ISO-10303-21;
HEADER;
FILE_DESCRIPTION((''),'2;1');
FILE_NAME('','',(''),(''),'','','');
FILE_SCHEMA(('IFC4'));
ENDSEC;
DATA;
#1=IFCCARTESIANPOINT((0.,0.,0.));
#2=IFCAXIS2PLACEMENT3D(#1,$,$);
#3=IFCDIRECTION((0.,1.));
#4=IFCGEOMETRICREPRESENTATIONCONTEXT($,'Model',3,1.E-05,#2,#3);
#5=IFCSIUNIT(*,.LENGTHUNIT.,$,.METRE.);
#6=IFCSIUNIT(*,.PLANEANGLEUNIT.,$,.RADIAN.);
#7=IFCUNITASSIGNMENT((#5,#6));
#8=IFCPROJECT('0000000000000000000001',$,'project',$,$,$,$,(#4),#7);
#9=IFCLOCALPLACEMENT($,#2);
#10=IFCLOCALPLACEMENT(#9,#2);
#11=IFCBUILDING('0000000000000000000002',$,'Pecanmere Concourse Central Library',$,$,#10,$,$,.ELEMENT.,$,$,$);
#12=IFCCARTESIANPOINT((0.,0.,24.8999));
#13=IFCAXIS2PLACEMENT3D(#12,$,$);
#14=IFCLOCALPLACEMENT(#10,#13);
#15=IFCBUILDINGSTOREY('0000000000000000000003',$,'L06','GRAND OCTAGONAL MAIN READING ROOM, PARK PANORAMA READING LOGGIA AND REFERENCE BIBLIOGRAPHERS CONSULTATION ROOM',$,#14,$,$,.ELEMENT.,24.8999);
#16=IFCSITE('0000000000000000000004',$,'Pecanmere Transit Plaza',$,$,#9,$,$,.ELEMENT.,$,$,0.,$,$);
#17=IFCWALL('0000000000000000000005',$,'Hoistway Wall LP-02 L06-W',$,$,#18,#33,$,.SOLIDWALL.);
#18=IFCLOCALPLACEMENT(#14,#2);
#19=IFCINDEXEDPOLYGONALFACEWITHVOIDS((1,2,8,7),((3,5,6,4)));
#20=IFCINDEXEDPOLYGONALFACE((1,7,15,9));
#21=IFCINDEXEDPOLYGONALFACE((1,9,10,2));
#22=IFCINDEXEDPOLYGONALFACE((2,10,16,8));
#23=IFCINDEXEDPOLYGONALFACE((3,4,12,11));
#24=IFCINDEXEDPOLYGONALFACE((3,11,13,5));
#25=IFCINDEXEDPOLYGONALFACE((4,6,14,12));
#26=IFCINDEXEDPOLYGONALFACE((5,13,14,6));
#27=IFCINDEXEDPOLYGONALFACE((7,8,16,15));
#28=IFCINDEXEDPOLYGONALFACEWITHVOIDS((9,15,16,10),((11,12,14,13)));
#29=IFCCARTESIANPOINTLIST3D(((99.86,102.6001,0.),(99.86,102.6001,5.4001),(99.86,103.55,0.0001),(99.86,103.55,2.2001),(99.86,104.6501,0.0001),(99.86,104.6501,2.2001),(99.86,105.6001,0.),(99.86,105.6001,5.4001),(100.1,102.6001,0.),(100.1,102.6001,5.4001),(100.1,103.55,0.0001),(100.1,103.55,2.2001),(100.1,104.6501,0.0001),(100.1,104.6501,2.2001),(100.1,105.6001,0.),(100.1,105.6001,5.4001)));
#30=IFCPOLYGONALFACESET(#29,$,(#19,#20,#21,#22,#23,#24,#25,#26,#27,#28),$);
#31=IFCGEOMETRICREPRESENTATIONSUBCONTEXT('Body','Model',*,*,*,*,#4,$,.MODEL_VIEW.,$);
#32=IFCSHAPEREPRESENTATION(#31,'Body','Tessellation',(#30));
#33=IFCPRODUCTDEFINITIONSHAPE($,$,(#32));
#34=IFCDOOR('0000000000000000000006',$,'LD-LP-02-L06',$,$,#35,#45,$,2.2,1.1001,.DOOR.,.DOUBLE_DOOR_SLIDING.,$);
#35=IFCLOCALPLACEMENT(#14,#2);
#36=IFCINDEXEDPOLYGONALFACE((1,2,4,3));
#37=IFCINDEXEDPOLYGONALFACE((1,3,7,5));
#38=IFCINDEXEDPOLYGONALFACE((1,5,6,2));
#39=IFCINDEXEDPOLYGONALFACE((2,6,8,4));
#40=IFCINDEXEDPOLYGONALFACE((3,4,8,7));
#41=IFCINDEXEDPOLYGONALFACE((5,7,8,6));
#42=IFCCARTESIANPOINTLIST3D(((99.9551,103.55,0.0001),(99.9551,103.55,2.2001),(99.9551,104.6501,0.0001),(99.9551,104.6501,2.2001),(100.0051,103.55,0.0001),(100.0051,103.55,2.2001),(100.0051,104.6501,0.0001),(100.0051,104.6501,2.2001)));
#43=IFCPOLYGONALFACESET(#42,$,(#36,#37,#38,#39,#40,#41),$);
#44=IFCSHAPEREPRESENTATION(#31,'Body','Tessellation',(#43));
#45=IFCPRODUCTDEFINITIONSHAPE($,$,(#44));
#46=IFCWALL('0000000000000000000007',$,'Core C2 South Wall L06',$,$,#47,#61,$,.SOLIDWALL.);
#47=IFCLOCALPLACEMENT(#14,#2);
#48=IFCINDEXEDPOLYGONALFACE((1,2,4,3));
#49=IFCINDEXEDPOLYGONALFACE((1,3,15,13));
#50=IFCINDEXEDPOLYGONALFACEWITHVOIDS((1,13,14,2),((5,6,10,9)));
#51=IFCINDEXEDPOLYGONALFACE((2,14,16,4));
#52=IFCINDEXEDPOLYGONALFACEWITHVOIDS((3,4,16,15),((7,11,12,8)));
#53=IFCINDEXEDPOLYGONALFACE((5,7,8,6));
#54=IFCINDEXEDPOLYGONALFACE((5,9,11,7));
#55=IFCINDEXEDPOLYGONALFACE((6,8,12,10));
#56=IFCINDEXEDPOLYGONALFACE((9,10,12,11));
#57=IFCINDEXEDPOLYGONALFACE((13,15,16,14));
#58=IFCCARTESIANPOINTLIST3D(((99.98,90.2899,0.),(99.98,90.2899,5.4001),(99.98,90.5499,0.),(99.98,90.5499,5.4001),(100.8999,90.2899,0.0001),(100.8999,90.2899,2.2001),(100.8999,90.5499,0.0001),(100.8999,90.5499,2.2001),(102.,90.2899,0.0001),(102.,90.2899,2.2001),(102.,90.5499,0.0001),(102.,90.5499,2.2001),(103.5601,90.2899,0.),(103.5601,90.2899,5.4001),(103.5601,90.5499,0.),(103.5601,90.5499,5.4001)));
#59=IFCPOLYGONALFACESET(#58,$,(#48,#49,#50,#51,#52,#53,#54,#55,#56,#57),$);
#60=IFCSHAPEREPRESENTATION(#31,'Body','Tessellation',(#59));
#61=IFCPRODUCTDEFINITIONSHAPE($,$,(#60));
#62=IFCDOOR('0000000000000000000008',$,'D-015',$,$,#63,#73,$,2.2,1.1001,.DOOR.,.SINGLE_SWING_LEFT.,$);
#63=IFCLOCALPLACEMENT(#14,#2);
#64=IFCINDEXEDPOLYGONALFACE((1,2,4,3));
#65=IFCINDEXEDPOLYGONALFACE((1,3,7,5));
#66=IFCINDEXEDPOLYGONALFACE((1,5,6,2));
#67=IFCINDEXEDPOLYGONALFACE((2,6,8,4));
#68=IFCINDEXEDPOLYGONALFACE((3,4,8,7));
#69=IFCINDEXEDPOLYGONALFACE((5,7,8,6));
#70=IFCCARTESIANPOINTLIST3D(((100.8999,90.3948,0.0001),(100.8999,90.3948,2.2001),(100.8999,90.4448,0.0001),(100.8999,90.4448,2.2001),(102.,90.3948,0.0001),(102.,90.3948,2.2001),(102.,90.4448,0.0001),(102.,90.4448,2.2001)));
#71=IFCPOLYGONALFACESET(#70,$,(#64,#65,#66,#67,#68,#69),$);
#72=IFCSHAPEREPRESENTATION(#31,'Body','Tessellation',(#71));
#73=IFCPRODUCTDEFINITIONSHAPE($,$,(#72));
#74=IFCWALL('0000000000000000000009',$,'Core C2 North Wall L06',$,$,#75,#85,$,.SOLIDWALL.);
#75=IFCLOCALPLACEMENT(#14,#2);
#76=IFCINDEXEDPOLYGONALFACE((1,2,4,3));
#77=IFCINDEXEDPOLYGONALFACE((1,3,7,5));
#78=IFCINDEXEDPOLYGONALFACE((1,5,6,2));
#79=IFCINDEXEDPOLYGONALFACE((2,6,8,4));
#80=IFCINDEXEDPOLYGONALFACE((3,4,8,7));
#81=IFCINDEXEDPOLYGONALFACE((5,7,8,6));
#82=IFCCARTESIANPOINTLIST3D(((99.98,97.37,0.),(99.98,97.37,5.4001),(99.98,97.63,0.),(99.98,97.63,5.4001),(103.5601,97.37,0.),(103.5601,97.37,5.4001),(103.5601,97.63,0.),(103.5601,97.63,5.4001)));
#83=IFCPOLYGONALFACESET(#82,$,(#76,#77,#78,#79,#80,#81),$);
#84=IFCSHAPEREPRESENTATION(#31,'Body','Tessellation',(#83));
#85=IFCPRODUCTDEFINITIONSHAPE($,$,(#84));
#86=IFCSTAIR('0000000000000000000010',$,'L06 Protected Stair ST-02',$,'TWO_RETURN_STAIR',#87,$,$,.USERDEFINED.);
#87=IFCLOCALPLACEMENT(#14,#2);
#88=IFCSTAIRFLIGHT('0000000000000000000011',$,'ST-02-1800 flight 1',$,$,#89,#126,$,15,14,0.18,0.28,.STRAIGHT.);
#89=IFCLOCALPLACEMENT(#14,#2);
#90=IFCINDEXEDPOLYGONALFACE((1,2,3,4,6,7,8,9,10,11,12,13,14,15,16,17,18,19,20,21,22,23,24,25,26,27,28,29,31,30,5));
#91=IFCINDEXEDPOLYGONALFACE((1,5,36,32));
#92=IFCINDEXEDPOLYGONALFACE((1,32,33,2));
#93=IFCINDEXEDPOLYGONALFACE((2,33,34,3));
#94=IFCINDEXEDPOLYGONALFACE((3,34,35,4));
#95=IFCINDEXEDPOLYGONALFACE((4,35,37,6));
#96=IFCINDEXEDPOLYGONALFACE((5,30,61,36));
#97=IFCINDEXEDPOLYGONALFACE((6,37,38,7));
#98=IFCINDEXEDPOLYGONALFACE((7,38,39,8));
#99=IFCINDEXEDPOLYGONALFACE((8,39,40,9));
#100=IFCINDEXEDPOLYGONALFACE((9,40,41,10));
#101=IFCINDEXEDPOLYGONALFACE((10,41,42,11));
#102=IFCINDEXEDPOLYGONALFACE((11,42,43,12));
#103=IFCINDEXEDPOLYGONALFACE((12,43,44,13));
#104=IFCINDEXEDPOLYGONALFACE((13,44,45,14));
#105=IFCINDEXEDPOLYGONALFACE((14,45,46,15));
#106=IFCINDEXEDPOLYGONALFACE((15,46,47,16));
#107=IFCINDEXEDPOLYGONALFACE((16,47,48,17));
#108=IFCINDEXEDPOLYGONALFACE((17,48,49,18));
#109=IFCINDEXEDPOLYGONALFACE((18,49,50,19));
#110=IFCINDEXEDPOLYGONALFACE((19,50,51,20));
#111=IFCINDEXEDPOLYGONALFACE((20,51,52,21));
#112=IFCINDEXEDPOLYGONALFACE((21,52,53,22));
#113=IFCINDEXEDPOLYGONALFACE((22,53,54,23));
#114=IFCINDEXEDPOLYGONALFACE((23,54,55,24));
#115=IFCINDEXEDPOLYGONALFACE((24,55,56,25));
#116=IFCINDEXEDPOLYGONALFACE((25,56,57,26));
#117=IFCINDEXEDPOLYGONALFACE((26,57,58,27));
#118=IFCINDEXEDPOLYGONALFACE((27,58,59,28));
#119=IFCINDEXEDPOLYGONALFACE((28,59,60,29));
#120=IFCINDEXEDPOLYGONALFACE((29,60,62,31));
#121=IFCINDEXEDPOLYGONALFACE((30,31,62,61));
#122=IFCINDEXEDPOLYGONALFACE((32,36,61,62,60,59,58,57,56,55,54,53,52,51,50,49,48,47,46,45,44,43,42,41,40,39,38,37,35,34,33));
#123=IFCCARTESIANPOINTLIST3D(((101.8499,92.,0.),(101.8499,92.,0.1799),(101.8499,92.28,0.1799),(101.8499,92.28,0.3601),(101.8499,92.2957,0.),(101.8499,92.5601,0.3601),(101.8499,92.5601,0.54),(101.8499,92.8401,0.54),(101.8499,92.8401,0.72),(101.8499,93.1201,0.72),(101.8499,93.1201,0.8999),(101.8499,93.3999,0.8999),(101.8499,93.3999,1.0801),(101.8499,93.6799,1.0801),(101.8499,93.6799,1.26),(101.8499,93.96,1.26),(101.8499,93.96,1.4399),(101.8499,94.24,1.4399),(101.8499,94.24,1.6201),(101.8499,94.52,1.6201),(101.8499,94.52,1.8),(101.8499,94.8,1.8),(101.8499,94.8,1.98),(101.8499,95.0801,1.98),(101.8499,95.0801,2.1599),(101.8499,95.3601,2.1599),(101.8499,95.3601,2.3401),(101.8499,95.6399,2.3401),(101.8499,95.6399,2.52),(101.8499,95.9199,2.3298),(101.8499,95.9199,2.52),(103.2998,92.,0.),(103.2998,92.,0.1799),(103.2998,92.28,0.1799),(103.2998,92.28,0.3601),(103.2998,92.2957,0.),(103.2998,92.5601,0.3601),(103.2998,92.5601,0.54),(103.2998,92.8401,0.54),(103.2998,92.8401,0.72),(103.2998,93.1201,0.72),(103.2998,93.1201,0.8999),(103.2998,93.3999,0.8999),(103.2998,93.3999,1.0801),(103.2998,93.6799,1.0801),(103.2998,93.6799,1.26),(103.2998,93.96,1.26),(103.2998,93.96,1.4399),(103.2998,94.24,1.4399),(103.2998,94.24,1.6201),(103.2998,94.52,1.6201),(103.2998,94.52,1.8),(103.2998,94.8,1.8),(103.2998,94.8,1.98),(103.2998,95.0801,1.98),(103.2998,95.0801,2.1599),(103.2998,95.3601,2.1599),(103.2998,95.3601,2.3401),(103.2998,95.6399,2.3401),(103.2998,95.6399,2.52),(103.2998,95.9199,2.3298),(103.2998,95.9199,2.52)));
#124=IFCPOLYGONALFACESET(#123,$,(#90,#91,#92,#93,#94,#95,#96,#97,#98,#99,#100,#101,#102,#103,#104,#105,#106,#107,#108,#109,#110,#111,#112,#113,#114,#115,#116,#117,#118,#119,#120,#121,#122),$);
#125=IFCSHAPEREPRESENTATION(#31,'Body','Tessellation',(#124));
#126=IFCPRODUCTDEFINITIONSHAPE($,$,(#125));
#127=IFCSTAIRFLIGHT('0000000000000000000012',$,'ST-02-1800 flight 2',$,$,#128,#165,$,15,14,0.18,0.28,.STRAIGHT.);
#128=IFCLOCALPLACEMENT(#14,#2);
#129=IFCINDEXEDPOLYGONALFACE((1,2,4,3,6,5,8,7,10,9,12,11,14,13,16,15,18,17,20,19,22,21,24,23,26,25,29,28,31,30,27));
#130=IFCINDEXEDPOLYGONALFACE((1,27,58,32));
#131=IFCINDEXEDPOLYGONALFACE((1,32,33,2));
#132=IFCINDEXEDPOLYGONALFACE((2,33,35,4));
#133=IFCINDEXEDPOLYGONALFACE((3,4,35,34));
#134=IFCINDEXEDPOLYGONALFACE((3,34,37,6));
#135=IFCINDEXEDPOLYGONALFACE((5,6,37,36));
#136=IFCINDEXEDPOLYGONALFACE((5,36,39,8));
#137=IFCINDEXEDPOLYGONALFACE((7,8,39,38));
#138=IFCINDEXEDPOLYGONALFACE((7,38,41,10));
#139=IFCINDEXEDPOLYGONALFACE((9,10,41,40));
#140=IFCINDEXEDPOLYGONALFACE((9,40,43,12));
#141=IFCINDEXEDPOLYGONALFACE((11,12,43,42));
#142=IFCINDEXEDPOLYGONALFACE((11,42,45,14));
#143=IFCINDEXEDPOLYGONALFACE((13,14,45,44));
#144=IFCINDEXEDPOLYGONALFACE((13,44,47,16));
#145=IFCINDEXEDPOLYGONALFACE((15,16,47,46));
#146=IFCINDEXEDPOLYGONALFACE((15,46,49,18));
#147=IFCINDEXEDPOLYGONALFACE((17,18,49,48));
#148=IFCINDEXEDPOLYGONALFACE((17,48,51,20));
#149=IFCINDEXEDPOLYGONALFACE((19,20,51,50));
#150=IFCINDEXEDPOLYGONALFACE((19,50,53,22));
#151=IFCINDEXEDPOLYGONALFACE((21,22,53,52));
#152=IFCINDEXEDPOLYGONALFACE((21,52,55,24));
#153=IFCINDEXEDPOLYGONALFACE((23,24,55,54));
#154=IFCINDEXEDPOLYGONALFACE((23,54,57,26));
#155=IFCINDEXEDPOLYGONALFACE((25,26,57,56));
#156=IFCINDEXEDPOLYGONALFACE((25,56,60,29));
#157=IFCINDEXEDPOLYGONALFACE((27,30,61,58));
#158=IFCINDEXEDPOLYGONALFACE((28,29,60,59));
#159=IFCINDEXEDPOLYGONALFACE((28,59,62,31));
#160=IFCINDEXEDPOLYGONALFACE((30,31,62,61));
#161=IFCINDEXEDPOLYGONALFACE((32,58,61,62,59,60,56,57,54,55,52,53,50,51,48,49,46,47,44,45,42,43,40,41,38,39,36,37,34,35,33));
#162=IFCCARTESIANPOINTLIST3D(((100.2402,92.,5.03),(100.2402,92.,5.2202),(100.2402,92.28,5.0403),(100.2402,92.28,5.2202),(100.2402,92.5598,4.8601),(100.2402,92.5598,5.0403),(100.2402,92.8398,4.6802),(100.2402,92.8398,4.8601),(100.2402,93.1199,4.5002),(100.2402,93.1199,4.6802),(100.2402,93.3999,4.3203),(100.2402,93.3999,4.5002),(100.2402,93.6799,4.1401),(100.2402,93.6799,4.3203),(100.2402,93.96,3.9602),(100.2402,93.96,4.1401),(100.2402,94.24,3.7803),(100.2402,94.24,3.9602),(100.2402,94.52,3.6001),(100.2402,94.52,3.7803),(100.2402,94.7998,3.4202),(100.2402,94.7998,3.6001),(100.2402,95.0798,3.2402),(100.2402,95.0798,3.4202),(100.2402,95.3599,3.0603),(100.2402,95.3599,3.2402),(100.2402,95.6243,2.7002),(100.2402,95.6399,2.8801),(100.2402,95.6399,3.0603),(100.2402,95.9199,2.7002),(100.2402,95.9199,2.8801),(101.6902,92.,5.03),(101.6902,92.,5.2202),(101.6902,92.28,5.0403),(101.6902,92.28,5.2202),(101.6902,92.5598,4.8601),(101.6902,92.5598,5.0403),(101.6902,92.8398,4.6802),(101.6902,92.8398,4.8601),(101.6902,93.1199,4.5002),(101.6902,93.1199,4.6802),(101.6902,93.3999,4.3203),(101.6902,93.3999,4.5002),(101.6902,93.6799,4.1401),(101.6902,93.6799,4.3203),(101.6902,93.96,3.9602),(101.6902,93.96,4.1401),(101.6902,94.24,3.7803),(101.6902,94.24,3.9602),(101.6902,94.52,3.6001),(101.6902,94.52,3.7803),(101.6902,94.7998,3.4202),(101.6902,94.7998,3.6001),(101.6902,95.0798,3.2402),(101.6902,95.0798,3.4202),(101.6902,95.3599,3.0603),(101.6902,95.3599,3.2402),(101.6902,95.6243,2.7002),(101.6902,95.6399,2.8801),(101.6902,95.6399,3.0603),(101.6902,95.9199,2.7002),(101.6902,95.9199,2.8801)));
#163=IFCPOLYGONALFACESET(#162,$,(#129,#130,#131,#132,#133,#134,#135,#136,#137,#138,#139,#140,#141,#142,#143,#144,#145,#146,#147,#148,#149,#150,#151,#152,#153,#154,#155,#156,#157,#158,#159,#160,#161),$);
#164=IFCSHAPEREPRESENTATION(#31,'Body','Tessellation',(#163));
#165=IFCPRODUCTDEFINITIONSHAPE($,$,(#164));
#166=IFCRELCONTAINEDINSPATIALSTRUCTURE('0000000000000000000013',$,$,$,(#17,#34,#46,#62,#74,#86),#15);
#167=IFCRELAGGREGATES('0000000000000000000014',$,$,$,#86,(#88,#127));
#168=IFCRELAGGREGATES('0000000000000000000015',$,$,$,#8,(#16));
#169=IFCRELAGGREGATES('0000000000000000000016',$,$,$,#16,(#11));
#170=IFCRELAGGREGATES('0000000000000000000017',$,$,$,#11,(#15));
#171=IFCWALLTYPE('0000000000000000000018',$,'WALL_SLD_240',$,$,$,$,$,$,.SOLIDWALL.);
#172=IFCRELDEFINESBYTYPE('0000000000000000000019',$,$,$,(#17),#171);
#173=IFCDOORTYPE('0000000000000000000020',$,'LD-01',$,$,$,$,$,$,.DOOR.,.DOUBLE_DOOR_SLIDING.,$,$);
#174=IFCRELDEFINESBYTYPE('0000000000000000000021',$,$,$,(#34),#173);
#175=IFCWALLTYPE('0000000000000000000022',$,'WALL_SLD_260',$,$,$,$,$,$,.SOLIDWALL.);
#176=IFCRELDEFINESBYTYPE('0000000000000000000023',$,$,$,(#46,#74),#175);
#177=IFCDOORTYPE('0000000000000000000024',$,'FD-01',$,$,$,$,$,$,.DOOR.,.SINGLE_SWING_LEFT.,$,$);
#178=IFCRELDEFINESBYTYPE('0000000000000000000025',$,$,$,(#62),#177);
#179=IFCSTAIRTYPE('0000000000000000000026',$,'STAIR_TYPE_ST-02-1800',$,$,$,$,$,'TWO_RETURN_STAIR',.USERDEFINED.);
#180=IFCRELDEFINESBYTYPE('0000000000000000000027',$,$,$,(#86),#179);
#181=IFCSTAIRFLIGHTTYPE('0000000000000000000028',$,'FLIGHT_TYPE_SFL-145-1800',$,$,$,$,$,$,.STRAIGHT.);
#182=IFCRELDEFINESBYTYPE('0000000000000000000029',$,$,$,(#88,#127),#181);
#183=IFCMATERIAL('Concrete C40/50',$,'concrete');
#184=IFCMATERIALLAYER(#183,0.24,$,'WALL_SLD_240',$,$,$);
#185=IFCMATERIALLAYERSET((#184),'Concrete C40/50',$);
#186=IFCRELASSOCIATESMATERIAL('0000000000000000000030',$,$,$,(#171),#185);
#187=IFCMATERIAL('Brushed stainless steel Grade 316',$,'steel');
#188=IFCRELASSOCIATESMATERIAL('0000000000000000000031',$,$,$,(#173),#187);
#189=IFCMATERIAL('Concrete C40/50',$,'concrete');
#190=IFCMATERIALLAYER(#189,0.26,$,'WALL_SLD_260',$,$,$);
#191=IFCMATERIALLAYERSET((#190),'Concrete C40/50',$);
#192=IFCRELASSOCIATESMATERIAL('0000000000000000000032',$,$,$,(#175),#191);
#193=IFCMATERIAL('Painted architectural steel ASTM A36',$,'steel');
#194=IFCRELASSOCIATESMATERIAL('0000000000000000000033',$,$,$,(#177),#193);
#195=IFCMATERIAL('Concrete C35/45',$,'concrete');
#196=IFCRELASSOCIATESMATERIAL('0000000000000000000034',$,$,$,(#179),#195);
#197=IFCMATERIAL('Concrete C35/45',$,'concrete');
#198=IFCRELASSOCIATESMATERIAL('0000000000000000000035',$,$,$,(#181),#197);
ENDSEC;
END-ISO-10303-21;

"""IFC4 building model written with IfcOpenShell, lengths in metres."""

from ifc_helpers import new_model, si_unit, direction, frame, frame_2d, origin, place, context, subcontext, project, spatial, polyline, rectangle, outline, extrude, material, layer, layer_set, type_object, element, fill, aggregate, save


model = new_model("IFC4")

# Units and contexts
model_context = context("Model", 3, precision=1e-05, world=origin(), true_north=direction((0.0, 1.0)))
body_context = subcontext(model_context, "Body", "Model", "MODEL_VIEW")
ifc_project = project(units=[si_unit("LENGTHUNIT", "METRE"), si_unit("PLANEANGLEUNIT", "RADIAN")], contexts=[model_context])

# Site, building, storey
site_placement = place(None, origin())
site = spatial("IfcSite", under=ifc_project, at=site_placement, Name="Pecanmere Transit Plaza", CompositionType="ELEMENT", RefElevation=0.0)
building_placement = place(site_placement, origin())
building = spatial("IfcBuilding", under=site, at=building_placement, Name="Pecanmere Concourse Central Library", CompositionType="ELEMENT")
storey_placement = place(building_placement, frame((0.0, 0.0, 24.8999)))
storey = spatial("IfcBuildingStorey", under=building, at=storey_placement, Name="L06", Description="GRAND OCTAGONAL MAIN READING ROOM, PARK PANORAMA READING LOGGIA AND REFERENCE BIBLIOGRAPHERS CONSULTATION ROOM", CompositionType="ELEMENT", Elevation=24.8999)

# Shared definitions
ifc_material_1 = material(Name="Concrete C40/50", Category="concrete")
ifc_layer_1 = layer(ifc_material_1, 0.24, Name="WALL_SLD_240")
ifc_layer_set_1 = layer_set([ifc_layer_1], Name="Concrete C40/50")
wall_type_1 = type_object("IfcWallType", Name="WALL_SLD_240", PredefinedType="SOLIDWALL", material=ifc_layer_set_1)

# Walls, openings, doors
wall_1_placement = place(storey_placement, frame((99.98, 102.6001, 0.0), z_axis=(0.0, 0.0, 1.0), x_axis=(0.0, 1.0, 0.0)))
wall_1 = element("IfcWall", 1, at=wall_1_placement, inside=storey, type_object=wall_type_1, Name="Hoistway Wall LP-02 L06-W", PredefinedType="SOLIDWALL", context=body_context, shape_type="SweptSolid", body=[
    extrude(rectangle(XDim=3.0, YDim=0.24, at=frame_2d((1.5, 0.0))), origin(), (0.0, 0.0, 1.0), 5.4001),
])
opening_1_placement = place(wall_1_placement, frame((0.95, 0.0, 0.0)))
opening_1 = element("IfcOpeningElement", 2, at=opening_1_placement, cuts=wall_1, PredefinedType="OPENING", context=body_context, shape_type="SweptSolid", body=[
    extrude(rectangle(XDim=1.1001, YDim=2.2, at=frame_2d((0.55, 1.1001))), frame((0.0, 0.1318, 0.0), z_axis=(0.0, -1.0, 0.0), x_axis=(1.0, 0.0, 0.0)), (0.0, 0.0, 1.0), 0.2639),
])
ifc_material_2 = material(Name="Brushed stainless steel Grade 316", Category="steel")
door_type_1 = type_object("IfcDoorType", Name="LD-01", OperationType="DOUBLE_DOOR_SLIDING", PredefinedType="DOOR", material=ifc_material_2)
door_1_placement = place(opening_1_placement, origin())
door_1 = element("IfcDoor", 3, at=door_1_placement, inside=storey, type_object=door_type_1, Name="LD-LP-02-L06", OperationType="DOUBLE_DOOR_SLIDING", OverallHeight=2.2, OverallWidth=1.1001, PredefinedType="DOOR", context=body_context, shape_type="SweptSolid", body=[
    extrude(rectangle(XDim=1.1001, YDim=2.2, at=frame_2d((0.55, 1.1001))), frame((0.0, 0.0249, 0.0), z_axis=(0.0, -1.0, 0.0), x_axis=(1.0, 0.0, 0.0)), (0.0, 0.0, 1.0), 0.05),
])
fill(opening_1, door_1)
ifc_material_3 = material(Name="Concrete C40/50", Category="concrete")
ifc_layer_2 = layer(ifc_material_3, 0.26, Name="WALL_SLD_260")
ifc_layer_set_2 = layer_set([ifc_layer_2], Name="Concrete C40/50")
wall_type_2 = type_object("IfcWallType", Name="WALL_SLD_260", PredefinedType="SOLIDWALL", material=ifc_layer_set_2)
wall_2_placement = place(storey_placement, frame((99.98, 90.4199, 0.0), z_axis=(0.0, 0.0, 1.0), x_axis=(1.0, 0.0, 0.0)))
wall_2 = element("IfcWall", 4, at=wall_2_placement, inside=storey, type_object=wall_type_2, Name="Core C2 South Wall L06", PredefinedType="SOLIDWALL", context=body_context, shape_type="SweptSolid", body=[
    extrude(rectangle(XDim=3.5801, YDim=0.26, at=frame_2d((1.79, 0.0))), origin(), (0.0, 0.0, 1.0), 5.4001),
])
opening_2_placement = place(wall_2_placement, frame((0.9199, 0.0, 0.0)))
opening_2 = element("IfcOpeningElement", 5, at=opening_2_placement, cuts=wall_2, PredefinedType="OPENING", context=body_context, shape_type="SweptSolid", body=[
    extrude(rectangle(XDim=1.1001, YDim=2.2, at=frame_2d((0.55, 1.1001))), frame((0.0, 0.1421, 0.0), z_axis=(0.0, -1.0, 0.0), x_axis=(1.0, 0.0, 0.0)), (0.0, 0.0, 1.0), 0.2839),
])
ifc_material_4 = material(Name="Painted architectural steel ASTM A36", Category="steel")
door_type_2 = type_object("IfcDoorType", Name="FD-01", OperationType="SINGLE_SWING_LEFT", PredefinedType="DOOR", material=ifc_material_4)
door_2_placement = place(opening_2_placement, origin())
door_2 = element("IfcDoor", 6, at=door_2_placement, inside=storey, type_object=door_type_2, Name="D-015", OperationType="SINGLE_SWING_LEFT", OverallHeight=2.2, OverallWidth=1.1001, PredefinedType="DOOR", context=body_context, shape_type="SweptSolid", body=[
    extrude(rectangle(XDim=1.1001, YDim=2.2, at=frame_2d((0.55, 1.1001))), frame((0.0, 0.0249, 0.0), z_axis=(0.0, -1.0, 0.0), x_axis=(1.0, 0.0, 0.0)), (0.0, 0.0, 1.0), 0.05),
])
fill(opening_2, door_2)

# Wall
wall_3_placement = place(storey_placement, frame((99.98, 97.5, 0.0), z_axis=(0.0, 0.0, 1.0), x_axis=(1.0, 0.0, 0.0)))
element("IfcWall", 7, at=wall_3_placement, inside=storey, type_object=wall_type_2, Name="Core C2 North Wall L06", PredefinedType="SOLIDWALL", context=body_context, shape_type="SweptSolid", body=[
    extrude(rectangle(XDim=3.5801, YDim=0.26, at=frame_2d((1.79, 0.0))), origin(), (0.0, 0.0, 1.0), 5.4001),
])

# Stair, stair flights
ifc_material_5 = material(Name="Concrete C35/45", Category="concrete")
stair_type = type_object("IfcStairType", Name="STAIR_TYPE_ST-02-1800", ElementType="TWO_RETURN_STAIR", PredefinedType="USERDEFINED", material=ifc_material_5)
stair_placement = place(storey_placement, origin())
stair = element("IfcStair", 8, at=stair_placement, inside=storey, type_object=stair_type, Name="L06 Protected Stair ST-02", ObjectType="TWO_RETURN_STAIR", PredefinedType="USERDEFINED")
ifc_material_6 = material(Name="Concrete C35/45", Category="concrete")
stair_flight_type = type_object("IfcStairFlightType", Name="FLIGHT_TYPE_SFL-145-1800", PredefinedType="STRAIGHT", material=ifc_material_6)
stair_flight_1_placement = place(storey_placement, frame((102.575, 92.0, 0.0), z_axis=(0.0, 0.0, 1.0), x_axis=(0.0, 1.0, 0.0)))
stair_flight_1 = element("IfcStairFlight", 9, at=stair_flight_1_placement, type_object=stair_flight_type, Name="ST-02-1800 flight 1", NumberOfRisers=15, NumberOfTreads=14, PredefinedType="STRAIGHT", RiserHeight=0.18, TreadLength=0.28, context=body_context, shape_type="SweptSolid", body=[
    extrude(outline(polyline([(0.0, 0.0), (0.0, 0.1799), (0.28, 0.1799), (0.28, 0.3601), (0.5601, 0.3601), (0.5601, 0.54), (0.8401, 0.54), (0.8401, 0.72), (1.1201, 0.72), (1.1201, 0.8999), (1.3999, 0.8999), (1.3999, 1.0801), (1.6799, 1.0801), (1.6799, 1.26), (1.96, 1.26), (1.96, 1.4399), (2.24, 1.4399), (2.24, 1.6201), (2.52, 1.6201), (2.52, 1.8), (2.8, 1.8), (2.8, 1.98), (3.0801, 1.98), (3.0801, 2.1599), (3.3601, 2.1599), (3.3601, 2.3401), (3.6399, 2.3401), (3.6399, 2.52), (3.9199, 2.52), (3.9199, 2.7), (3.9199, 2.3298), (0.2957, 0.0), (0.0, 0.0)])), frame((0.0, 0.7251, 0.0), z_axis=(0.0, -1.0, 0.0), x_axis=(1.0, 0.0, 0.0)), (0.0, 0.0, 1.0), 1.45),
])
stair_flight_2_placement = place(storey_placement, frame((100.9651, 95.9199, 2.7002), z_axis=(0.0, 0.0, 1.0), x_axis=(0.0, -1.0, 0.0)))
stair_flight_2 = element("IfcStairFlight", 10, at=stair_flight_2_placement, type_object=stair_flight_type, Name="ST-02-1800 flight 2", NumberOfRisers=15, NumberOfTreads=14, PredefinedType="STRAIGHT", RiserHeight=0.18, TreadLength=0.28, context=body_context, shape_type="SweptSolid", body=[
    extrude(outline(polyline([(0.0, 0.0), (0.0, 0.1799), (0.28, 0.1799), (0.28, 0.3601), (0.5601, 0.3601), (0.5601, 0.54), (0.8401, 0.54), (0.8401, 0.72), (1.1201, 0.72), (1.1201, 0.8999), (1.3999, 0.8999), (1.3999, 1.0801), (1.6799, 1.0801), (1.6799, 1.26), (1.96, 1.26), (1.96, 1.4399), (2.24, 1.4399), (2.24, 1.6201), (2.52, 1.6201), (2.52, 1.8), (2.8, 1.8), (2.8, 1.98), (3.0801, 1.98), (3.0801, 2.1599), (3.3601, 2.1599), (3.3601, 2.3401), (3.6399, 2.3401), (3.6399, 2.52), (3.9199, 2.52), (3.9199, 2.7), (3.9199, 2.3298), (0.2957, 0.0), (0.0, 0.0)])), frame((0.0, 0.7251, 0.0), z_axis=(0.0, -1.0, 0.0), x_axis=(1.0, 0.0, 0.0)), (0.0, 0.0, 1.0), 1.45),
])
aggregate(stair, [stair_flight_1, stair_flight_2])

save(model, "model.ifc")
